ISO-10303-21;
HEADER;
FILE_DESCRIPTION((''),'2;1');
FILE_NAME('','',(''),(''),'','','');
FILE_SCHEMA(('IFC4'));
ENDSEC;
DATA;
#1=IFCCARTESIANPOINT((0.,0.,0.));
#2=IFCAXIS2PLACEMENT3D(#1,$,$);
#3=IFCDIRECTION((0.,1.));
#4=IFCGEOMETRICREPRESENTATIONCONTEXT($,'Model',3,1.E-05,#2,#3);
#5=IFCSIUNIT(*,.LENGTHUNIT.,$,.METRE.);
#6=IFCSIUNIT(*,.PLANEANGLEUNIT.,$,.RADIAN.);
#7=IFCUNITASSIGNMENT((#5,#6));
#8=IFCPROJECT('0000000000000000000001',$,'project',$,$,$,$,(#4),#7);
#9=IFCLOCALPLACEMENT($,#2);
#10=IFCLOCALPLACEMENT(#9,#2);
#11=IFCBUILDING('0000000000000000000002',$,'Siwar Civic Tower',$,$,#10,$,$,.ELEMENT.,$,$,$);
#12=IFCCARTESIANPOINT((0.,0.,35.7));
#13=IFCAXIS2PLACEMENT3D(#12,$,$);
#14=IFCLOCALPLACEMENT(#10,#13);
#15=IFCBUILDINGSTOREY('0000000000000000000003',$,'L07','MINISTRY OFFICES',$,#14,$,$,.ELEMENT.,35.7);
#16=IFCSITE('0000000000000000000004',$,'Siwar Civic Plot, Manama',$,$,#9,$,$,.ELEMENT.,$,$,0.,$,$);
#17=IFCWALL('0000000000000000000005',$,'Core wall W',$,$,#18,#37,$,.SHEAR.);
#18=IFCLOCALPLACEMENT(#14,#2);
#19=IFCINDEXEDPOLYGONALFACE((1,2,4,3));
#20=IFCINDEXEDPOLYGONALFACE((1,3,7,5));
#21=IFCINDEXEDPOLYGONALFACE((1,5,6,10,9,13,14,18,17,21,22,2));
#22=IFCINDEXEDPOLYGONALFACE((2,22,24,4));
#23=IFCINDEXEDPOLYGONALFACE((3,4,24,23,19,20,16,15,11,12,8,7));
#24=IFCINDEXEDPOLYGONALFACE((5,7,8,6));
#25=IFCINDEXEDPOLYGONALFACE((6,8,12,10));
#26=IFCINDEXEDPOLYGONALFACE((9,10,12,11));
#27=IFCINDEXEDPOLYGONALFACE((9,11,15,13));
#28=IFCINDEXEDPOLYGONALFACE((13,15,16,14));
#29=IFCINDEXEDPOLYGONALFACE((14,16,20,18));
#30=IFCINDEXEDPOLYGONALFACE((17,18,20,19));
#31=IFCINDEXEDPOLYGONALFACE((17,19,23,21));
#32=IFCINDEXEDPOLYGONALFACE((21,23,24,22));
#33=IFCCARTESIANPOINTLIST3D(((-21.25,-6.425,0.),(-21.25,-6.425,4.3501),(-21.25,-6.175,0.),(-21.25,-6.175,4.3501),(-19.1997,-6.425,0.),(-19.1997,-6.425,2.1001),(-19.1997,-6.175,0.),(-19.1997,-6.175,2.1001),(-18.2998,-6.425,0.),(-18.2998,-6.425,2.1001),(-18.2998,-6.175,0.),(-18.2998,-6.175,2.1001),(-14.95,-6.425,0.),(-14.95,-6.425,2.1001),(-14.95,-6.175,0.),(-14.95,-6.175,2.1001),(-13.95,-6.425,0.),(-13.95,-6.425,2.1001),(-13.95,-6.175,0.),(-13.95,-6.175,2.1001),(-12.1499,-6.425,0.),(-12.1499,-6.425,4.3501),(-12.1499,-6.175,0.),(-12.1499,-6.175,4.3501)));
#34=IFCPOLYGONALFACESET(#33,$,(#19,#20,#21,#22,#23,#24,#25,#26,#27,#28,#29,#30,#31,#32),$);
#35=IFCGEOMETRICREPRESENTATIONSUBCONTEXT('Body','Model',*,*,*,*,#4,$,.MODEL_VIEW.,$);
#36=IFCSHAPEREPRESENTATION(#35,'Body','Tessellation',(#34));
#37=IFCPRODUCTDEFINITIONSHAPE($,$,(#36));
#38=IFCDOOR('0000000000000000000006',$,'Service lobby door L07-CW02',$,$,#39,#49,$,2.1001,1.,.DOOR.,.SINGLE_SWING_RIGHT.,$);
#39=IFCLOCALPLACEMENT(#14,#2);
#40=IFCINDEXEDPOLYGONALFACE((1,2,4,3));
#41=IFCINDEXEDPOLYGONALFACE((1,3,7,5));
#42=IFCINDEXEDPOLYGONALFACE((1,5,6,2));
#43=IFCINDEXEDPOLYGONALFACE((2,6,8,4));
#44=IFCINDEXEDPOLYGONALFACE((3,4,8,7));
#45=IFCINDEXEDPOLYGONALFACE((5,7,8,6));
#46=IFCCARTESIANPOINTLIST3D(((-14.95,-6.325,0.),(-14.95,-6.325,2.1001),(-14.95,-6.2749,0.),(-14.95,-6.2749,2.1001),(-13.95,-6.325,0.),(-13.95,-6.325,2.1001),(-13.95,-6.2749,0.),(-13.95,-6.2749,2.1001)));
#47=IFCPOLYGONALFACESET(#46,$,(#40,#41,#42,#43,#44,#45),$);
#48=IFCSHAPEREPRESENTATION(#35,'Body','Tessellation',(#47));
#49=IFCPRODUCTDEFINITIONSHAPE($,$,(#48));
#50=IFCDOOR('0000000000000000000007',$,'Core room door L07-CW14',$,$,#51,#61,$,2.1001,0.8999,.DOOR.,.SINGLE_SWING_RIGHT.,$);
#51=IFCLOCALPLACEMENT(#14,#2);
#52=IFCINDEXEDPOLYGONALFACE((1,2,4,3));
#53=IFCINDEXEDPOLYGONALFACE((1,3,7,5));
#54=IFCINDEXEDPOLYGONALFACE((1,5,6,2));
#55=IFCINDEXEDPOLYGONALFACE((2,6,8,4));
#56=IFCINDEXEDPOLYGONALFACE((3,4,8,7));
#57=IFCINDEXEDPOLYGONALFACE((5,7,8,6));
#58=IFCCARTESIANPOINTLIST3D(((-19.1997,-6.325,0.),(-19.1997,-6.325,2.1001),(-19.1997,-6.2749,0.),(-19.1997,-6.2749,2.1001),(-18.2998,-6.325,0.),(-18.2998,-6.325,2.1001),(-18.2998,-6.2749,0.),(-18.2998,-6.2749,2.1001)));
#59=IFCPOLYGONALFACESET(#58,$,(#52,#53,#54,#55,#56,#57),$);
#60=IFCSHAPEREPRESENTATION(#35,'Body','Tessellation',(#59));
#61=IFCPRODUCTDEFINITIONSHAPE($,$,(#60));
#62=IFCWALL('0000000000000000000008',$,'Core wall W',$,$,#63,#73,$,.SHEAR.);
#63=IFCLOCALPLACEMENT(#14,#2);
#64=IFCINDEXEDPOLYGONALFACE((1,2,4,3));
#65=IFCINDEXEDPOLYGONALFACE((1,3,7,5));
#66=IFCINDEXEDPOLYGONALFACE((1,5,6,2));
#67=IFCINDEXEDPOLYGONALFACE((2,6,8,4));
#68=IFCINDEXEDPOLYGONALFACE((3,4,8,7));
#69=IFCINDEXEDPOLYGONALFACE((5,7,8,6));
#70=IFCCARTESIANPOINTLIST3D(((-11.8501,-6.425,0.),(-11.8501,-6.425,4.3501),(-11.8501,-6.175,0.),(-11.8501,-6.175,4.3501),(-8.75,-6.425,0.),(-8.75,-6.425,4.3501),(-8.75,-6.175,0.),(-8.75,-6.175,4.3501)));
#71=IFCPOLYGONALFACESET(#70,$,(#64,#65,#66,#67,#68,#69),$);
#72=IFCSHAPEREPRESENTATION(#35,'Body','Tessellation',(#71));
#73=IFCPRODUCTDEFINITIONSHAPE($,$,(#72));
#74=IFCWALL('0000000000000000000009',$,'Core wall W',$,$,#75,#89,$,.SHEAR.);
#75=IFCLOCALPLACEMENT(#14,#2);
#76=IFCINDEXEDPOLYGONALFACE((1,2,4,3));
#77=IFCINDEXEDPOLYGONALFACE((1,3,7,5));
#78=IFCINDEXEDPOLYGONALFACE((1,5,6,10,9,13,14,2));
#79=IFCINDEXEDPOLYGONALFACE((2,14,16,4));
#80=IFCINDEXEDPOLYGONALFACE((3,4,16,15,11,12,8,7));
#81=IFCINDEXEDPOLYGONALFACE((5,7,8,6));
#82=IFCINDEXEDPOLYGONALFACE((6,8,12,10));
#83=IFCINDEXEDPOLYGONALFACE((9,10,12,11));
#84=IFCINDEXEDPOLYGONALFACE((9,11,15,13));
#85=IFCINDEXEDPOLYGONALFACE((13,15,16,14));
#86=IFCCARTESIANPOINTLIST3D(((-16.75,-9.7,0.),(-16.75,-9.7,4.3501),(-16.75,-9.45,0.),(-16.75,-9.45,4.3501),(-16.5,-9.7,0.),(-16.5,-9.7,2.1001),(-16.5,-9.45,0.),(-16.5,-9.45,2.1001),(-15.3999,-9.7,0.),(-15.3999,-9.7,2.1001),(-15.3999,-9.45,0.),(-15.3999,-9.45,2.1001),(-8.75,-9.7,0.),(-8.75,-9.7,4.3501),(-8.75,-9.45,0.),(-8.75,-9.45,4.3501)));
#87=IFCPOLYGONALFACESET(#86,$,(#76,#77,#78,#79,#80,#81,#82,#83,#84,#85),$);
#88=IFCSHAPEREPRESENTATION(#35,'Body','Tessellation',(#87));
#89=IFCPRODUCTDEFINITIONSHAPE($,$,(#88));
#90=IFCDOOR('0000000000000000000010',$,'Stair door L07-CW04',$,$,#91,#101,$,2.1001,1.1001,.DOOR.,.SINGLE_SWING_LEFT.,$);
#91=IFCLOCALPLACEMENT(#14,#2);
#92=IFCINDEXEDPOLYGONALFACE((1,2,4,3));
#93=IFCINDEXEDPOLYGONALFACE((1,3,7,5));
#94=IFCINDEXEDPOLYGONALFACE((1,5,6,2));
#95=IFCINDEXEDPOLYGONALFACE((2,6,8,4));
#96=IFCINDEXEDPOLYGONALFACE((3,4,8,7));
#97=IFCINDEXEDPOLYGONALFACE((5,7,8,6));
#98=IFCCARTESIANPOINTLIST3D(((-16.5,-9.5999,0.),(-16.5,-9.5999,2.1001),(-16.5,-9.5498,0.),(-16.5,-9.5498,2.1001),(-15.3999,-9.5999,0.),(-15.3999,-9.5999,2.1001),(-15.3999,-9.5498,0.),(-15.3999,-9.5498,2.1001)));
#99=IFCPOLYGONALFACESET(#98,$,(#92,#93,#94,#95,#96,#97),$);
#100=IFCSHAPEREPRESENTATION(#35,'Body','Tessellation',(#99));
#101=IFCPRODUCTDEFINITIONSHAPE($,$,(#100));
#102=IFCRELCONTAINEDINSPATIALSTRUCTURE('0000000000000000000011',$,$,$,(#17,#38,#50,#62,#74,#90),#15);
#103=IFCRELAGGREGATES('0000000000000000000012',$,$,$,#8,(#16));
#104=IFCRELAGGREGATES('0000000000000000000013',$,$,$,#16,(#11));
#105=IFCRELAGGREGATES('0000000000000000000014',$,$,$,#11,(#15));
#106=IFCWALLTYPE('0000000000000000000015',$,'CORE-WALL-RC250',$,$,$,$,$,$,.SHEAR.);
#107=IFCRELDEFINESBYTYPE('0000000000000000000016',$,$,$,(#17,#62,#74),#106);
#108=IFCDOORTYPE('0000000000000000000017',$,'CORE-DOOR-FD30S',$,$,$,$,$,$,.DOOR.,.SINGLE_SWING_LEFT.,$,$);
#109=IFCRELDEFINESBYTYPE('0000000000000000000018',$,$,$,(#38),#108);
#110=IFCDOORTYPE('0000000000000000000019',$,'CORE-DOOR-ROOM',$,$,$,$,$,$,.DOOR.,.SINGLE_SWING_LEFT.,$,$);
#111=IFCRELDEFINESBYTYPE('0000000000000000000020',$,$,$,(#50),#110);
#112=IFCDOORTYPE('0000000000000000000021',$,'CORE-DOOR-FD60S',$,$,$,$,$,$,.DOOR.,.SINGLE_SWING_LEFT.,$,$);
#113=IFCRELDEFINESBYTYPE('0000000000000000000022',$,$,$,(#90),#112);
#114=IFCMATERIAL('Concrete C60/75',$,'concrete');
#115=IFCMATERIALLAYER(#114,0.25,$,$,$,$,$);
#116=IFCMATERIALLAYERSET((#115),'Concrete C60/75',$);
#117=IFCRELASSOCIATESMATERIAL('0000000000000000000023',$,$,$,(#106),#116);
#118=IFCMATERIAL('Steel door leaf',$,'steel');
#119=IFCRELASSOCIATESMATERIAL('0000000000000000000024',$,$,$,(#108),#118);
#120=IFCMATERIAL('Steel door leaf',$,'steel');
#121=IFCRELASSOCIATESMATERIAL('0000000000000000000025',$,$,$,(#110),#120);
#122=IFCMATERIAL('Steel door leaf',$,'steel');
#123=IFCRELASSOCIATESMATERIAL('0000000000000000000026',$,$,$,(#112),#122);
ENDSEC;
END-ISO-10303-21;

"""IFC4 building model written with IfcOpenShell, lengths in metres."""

from ifc_helpers import new_model, si_unit, direction, frame, frame_2d, origin, place, context, subcontext, project, spatial, rectangle, extrude, material, layer, layer_set, type_object, element, fill, save


model = new_model("IFC4")

# Units and contexts
model_context = context("Model", 3, precision=1e-05, world=origin(), true_north=direction((0.0, 1.0)))
body_context = subcontext(model_context, "Body", "Model", "MODEL_VIEW")
ifc_project = project(units=[si_unit("LENGTHUNIT", "METRE"), si_unit("PLANEANGLEUNIT", "RADIAN")], contexts=[model_context])

# Site, building, storey
site_placement = place(None, origin())
site = spatial("IfcSite", under=ifc_project, at=site_placement, Name="Siwar Civic Plot, Manama", CompositionType="ELEMENT", RefElevation=0.0)
building_placement = place(site_placement, origin())
building = spatial("IfcBuilding", under=site, at=building_placement, Name="Siwar Civic Tower", CompositionType="ELEMENT")
storey_placement = place(building_placement, frame((0.0, 0.0, 35.7)))
storey = spatial("IfcBuildingStorey", under=building, at=storey_placement, Name="L07", Description="MINISTRY OFFICES", CompositionType="ELEMENT", Elevation=35.7)

# Wall, openings, doors
ifc_material_1 = material(Name="Concrete C60/75", Category="concrete")
ifc_layer_1 = layer(ifc_material_1, 0.25)
ifc_layer_set_1 = layer_set([ifc_layer_1], Name="Concrete C60/75")
wall_type_1 = type_object("IfcWallType", Name="CORE-WALL-RC250", PredefinedType="SHEAR", material=ifc_layer_set_1)
wall_1_placement = place(storey_placement, frame((-12.1499, -6.3, 0.0), z_axis=(0.0, 0.0, 1.0), x_axis=(-1.0, 0.0, 0.0)))
wall_1 = element("IfcWall", 1, at=wall_1_placement, inside=storey, type_object=wall_type_1, Name="Core wall W", PredefinedType="SHEAR", context=body_context, shape_type="SweptSolid", body=[
    extrude(rectangle(XDim=9.1001, YDim=0.25, at=frame_2d((4.55, 0.0))), origin(), (0.0, 0.0, 1.0), 4.3501),
])
opening_1_placement = place(wall_1_placement, frame((1.8, 0.0, 0.0)))
opening_1 = element("IfcOpeningElement", 2, at=opening_1_placement, cuts=wall_1, PredefinedType="OPENING", context=body_context, shape_type="SweptSolid", body=[
    extrude(rectangle(XDim=1.0, YDim=2.1001, at=frame_2d((0.5, 1.05))), frame((0.0, 0.135, 0.0), z_axis=(0.0, -1.0, 0.0), x_axis=(1.0, 0.0, 0.0)), (0.0, 0.0, 1.0), 0.27),
])
opening_2_placement = place(wall_1_placement, frame((6.1499, 0.0, 0.0)))
opening_2 = element("IfcOpeningElement", 3, at=opening_2_placement, cuts=wall_1, PredefinedType="OPENING", context=body_context, shape_type="SweptSolid", body=[
    extrude(rectangle(XDim=0.8999, YDim=2.1001, at=frame_2d((0.45, 1.05))), frame((0.0, 0.135, 0.0), z_axis=(0.0, -1.0, 0.0), x_axis=(1.0, 0.0, 0.0)), (0.0, 0.0, 1.0), 0.27),
])
ifc_material_2 = material(Name="Steel door leaf", Category="steel")
door_type_1 = type_object("IfcDoorType", Name="CORE-DOOR-FD30S", OperationType="SINGLE_SWING_LEFT", PredefinedType="DOOR", material=ifc_material_2)
door_1_placement = place(opening_1_placement, origin())
door_1 = element("IfcDoor", 4, at=door_1_placement, inside=storey, type_object=door_type_1, Name="Service lobby door L07-CW02", OperationType="SINGLE_SWING_RIGHT", OverallHeight=2.1001, OverallWidth=1.0, PredefinedType="DOOR", context=body_context, shape_type="SweptSolid", body=[
    extrude(rectangle(XDim=1.0, YDim=2.1001, at=frame_2d((0.5, 1.05))), frame((0.0, 0.0249, 0.0), z_axis=(0.0, -1.0, 0.0), x_axis=(1.0, 0.0, 0.0)), (0.0, 0.0, 1.0), 0.05),
])
fill(opening_1, door_1)
ifc_material_3 = material(Name="Steel door leaf", Category="steel")
door_type_2 = type_object("IfcDoorType", Name="CORE-DOOR-ROOM", OperationType="SINGLE_SWING_LEFT", PredefinedType="DOOR", material=ifc_material_3)
door_2_placement = place(opening_2_placement, origin())
door_2 = element("IfcDoor", 5, at=door_2_placement, inside=storey, type_object=door_type_2, Name="Core room door L07-CW14", OperationType="SINGLE_SWING_RIGHT", OverallHeight=2.1001, OverallWidth=0.8999, PredefinedType="DOOR", context=body_context, shape_type="SweptSolid", body=[
    extrude(rectangle(XDim=0.8999, YDim=2.1001, at=frame_2d((0.45, 1.05))), frame((0.0, 0.0249, 0.0), z_axis=(0.0, -1.0, 0.0), x_axis=(1.0, 0.0, 0.0)), (0.0, 0.0, 1.0), 0.05),
])
fill(opening_2, door_2)

# Wall
wall_2_placement = place(storey_placement, frame((-8.75, -6.3, 0.0), z_axis=(0.0, 0.0, 1.0), x_axis=(-1.0, 0.0, 0.0)))
element("IfcWall", 6, at=wall_2_placement, inside=storey, type_object=wall_type_1, Name="Core wall W", PredefinedType="SHEAR", context=body_context, shape_type="SweptSolid", body=[
    extrude(rectangle(XDim=3.1001, YDim=0.25, at=frame_2d((1.55, 0.0))), origin(), (0.0, 0.0, 1.0), 4.3501),
])

# Wall, opening, door
wall_3_placement = place(storey_placement, frame((-8.75, -9.575, 0.0), z_axis=(0.0, 0.0, 1.0), x_axis=(-1.0, 0.0, 0.0)))
wall_3 = element("IfcWall", 7, at=wall_3_placement, inside=storey, type_object=wall_type_1, Name="Core wall W", PredefinedType="SHEAR", context=body_context, shape_type="SweptSolid", body=[
    extrude(rectangle(XDim=8.0, YDim=0.25, at=frame_2d((4.0, 0.0))), origin(), (0.0, 0.0, 1.0), 4.3501),
])
opening_3_placement = place(wall_3_placement, frame((6.6499, 0.0, 0.0)))
opening_3 = element("IfcOpeningElement", 8, at=opening_3_placement, cuts=wall_3, PredefinedType="OPENING", context=body_context, shape_type="SweptSolid", body=[
    extrude(rectangle(XDim=1.1001, YDim=2.1001, at=frame_2d((0.55, 1.05))), frame((0.0, 0.135, 0.0), z_axis=(0.0, -1.0, 0.0), x_axis=(1.0, 0.0, 0.0)), (0.0, 0.0, 1.0), 0.27),
])
ifc_material_4 = material(Name="Steel door leaf", Category="steel")
door_type_3 = type_object("IfcDoorType", Name="CORE-DOOR-FD60S", OperationType="SINGLE_SWING_LEFT", PredefinedType="DOOR", material=ifc_material_4)
door_3_placement = place(opening_3_placement, origin())
door_3 = element("IfcDoor", 9, at=door_3_placement, inside=storey, type_object=door_type_3, Name="Stair door L07-CW04", OperationType="SINGLE_SWING_LEFT", OverallHeight=2.1001, OverallWidth=1.1001, PredefinedType="DOOR", context=body_context, shape_type="SweptSolid", body=[
    extrude(rectangle(XDim=1.1001, YDim=2.1001, at=frame_2d((0.55, 1.05))), frame((0.0, 0.0249, 0.0), z_axis=(0.0, -1.0, 0.0), x_axis=(1.0, 0.0, 0.0)), (0.0, 0.0, 1.0), 0.05),
])
fill(opening_3, door_3)

save(model, "model.ifc")
